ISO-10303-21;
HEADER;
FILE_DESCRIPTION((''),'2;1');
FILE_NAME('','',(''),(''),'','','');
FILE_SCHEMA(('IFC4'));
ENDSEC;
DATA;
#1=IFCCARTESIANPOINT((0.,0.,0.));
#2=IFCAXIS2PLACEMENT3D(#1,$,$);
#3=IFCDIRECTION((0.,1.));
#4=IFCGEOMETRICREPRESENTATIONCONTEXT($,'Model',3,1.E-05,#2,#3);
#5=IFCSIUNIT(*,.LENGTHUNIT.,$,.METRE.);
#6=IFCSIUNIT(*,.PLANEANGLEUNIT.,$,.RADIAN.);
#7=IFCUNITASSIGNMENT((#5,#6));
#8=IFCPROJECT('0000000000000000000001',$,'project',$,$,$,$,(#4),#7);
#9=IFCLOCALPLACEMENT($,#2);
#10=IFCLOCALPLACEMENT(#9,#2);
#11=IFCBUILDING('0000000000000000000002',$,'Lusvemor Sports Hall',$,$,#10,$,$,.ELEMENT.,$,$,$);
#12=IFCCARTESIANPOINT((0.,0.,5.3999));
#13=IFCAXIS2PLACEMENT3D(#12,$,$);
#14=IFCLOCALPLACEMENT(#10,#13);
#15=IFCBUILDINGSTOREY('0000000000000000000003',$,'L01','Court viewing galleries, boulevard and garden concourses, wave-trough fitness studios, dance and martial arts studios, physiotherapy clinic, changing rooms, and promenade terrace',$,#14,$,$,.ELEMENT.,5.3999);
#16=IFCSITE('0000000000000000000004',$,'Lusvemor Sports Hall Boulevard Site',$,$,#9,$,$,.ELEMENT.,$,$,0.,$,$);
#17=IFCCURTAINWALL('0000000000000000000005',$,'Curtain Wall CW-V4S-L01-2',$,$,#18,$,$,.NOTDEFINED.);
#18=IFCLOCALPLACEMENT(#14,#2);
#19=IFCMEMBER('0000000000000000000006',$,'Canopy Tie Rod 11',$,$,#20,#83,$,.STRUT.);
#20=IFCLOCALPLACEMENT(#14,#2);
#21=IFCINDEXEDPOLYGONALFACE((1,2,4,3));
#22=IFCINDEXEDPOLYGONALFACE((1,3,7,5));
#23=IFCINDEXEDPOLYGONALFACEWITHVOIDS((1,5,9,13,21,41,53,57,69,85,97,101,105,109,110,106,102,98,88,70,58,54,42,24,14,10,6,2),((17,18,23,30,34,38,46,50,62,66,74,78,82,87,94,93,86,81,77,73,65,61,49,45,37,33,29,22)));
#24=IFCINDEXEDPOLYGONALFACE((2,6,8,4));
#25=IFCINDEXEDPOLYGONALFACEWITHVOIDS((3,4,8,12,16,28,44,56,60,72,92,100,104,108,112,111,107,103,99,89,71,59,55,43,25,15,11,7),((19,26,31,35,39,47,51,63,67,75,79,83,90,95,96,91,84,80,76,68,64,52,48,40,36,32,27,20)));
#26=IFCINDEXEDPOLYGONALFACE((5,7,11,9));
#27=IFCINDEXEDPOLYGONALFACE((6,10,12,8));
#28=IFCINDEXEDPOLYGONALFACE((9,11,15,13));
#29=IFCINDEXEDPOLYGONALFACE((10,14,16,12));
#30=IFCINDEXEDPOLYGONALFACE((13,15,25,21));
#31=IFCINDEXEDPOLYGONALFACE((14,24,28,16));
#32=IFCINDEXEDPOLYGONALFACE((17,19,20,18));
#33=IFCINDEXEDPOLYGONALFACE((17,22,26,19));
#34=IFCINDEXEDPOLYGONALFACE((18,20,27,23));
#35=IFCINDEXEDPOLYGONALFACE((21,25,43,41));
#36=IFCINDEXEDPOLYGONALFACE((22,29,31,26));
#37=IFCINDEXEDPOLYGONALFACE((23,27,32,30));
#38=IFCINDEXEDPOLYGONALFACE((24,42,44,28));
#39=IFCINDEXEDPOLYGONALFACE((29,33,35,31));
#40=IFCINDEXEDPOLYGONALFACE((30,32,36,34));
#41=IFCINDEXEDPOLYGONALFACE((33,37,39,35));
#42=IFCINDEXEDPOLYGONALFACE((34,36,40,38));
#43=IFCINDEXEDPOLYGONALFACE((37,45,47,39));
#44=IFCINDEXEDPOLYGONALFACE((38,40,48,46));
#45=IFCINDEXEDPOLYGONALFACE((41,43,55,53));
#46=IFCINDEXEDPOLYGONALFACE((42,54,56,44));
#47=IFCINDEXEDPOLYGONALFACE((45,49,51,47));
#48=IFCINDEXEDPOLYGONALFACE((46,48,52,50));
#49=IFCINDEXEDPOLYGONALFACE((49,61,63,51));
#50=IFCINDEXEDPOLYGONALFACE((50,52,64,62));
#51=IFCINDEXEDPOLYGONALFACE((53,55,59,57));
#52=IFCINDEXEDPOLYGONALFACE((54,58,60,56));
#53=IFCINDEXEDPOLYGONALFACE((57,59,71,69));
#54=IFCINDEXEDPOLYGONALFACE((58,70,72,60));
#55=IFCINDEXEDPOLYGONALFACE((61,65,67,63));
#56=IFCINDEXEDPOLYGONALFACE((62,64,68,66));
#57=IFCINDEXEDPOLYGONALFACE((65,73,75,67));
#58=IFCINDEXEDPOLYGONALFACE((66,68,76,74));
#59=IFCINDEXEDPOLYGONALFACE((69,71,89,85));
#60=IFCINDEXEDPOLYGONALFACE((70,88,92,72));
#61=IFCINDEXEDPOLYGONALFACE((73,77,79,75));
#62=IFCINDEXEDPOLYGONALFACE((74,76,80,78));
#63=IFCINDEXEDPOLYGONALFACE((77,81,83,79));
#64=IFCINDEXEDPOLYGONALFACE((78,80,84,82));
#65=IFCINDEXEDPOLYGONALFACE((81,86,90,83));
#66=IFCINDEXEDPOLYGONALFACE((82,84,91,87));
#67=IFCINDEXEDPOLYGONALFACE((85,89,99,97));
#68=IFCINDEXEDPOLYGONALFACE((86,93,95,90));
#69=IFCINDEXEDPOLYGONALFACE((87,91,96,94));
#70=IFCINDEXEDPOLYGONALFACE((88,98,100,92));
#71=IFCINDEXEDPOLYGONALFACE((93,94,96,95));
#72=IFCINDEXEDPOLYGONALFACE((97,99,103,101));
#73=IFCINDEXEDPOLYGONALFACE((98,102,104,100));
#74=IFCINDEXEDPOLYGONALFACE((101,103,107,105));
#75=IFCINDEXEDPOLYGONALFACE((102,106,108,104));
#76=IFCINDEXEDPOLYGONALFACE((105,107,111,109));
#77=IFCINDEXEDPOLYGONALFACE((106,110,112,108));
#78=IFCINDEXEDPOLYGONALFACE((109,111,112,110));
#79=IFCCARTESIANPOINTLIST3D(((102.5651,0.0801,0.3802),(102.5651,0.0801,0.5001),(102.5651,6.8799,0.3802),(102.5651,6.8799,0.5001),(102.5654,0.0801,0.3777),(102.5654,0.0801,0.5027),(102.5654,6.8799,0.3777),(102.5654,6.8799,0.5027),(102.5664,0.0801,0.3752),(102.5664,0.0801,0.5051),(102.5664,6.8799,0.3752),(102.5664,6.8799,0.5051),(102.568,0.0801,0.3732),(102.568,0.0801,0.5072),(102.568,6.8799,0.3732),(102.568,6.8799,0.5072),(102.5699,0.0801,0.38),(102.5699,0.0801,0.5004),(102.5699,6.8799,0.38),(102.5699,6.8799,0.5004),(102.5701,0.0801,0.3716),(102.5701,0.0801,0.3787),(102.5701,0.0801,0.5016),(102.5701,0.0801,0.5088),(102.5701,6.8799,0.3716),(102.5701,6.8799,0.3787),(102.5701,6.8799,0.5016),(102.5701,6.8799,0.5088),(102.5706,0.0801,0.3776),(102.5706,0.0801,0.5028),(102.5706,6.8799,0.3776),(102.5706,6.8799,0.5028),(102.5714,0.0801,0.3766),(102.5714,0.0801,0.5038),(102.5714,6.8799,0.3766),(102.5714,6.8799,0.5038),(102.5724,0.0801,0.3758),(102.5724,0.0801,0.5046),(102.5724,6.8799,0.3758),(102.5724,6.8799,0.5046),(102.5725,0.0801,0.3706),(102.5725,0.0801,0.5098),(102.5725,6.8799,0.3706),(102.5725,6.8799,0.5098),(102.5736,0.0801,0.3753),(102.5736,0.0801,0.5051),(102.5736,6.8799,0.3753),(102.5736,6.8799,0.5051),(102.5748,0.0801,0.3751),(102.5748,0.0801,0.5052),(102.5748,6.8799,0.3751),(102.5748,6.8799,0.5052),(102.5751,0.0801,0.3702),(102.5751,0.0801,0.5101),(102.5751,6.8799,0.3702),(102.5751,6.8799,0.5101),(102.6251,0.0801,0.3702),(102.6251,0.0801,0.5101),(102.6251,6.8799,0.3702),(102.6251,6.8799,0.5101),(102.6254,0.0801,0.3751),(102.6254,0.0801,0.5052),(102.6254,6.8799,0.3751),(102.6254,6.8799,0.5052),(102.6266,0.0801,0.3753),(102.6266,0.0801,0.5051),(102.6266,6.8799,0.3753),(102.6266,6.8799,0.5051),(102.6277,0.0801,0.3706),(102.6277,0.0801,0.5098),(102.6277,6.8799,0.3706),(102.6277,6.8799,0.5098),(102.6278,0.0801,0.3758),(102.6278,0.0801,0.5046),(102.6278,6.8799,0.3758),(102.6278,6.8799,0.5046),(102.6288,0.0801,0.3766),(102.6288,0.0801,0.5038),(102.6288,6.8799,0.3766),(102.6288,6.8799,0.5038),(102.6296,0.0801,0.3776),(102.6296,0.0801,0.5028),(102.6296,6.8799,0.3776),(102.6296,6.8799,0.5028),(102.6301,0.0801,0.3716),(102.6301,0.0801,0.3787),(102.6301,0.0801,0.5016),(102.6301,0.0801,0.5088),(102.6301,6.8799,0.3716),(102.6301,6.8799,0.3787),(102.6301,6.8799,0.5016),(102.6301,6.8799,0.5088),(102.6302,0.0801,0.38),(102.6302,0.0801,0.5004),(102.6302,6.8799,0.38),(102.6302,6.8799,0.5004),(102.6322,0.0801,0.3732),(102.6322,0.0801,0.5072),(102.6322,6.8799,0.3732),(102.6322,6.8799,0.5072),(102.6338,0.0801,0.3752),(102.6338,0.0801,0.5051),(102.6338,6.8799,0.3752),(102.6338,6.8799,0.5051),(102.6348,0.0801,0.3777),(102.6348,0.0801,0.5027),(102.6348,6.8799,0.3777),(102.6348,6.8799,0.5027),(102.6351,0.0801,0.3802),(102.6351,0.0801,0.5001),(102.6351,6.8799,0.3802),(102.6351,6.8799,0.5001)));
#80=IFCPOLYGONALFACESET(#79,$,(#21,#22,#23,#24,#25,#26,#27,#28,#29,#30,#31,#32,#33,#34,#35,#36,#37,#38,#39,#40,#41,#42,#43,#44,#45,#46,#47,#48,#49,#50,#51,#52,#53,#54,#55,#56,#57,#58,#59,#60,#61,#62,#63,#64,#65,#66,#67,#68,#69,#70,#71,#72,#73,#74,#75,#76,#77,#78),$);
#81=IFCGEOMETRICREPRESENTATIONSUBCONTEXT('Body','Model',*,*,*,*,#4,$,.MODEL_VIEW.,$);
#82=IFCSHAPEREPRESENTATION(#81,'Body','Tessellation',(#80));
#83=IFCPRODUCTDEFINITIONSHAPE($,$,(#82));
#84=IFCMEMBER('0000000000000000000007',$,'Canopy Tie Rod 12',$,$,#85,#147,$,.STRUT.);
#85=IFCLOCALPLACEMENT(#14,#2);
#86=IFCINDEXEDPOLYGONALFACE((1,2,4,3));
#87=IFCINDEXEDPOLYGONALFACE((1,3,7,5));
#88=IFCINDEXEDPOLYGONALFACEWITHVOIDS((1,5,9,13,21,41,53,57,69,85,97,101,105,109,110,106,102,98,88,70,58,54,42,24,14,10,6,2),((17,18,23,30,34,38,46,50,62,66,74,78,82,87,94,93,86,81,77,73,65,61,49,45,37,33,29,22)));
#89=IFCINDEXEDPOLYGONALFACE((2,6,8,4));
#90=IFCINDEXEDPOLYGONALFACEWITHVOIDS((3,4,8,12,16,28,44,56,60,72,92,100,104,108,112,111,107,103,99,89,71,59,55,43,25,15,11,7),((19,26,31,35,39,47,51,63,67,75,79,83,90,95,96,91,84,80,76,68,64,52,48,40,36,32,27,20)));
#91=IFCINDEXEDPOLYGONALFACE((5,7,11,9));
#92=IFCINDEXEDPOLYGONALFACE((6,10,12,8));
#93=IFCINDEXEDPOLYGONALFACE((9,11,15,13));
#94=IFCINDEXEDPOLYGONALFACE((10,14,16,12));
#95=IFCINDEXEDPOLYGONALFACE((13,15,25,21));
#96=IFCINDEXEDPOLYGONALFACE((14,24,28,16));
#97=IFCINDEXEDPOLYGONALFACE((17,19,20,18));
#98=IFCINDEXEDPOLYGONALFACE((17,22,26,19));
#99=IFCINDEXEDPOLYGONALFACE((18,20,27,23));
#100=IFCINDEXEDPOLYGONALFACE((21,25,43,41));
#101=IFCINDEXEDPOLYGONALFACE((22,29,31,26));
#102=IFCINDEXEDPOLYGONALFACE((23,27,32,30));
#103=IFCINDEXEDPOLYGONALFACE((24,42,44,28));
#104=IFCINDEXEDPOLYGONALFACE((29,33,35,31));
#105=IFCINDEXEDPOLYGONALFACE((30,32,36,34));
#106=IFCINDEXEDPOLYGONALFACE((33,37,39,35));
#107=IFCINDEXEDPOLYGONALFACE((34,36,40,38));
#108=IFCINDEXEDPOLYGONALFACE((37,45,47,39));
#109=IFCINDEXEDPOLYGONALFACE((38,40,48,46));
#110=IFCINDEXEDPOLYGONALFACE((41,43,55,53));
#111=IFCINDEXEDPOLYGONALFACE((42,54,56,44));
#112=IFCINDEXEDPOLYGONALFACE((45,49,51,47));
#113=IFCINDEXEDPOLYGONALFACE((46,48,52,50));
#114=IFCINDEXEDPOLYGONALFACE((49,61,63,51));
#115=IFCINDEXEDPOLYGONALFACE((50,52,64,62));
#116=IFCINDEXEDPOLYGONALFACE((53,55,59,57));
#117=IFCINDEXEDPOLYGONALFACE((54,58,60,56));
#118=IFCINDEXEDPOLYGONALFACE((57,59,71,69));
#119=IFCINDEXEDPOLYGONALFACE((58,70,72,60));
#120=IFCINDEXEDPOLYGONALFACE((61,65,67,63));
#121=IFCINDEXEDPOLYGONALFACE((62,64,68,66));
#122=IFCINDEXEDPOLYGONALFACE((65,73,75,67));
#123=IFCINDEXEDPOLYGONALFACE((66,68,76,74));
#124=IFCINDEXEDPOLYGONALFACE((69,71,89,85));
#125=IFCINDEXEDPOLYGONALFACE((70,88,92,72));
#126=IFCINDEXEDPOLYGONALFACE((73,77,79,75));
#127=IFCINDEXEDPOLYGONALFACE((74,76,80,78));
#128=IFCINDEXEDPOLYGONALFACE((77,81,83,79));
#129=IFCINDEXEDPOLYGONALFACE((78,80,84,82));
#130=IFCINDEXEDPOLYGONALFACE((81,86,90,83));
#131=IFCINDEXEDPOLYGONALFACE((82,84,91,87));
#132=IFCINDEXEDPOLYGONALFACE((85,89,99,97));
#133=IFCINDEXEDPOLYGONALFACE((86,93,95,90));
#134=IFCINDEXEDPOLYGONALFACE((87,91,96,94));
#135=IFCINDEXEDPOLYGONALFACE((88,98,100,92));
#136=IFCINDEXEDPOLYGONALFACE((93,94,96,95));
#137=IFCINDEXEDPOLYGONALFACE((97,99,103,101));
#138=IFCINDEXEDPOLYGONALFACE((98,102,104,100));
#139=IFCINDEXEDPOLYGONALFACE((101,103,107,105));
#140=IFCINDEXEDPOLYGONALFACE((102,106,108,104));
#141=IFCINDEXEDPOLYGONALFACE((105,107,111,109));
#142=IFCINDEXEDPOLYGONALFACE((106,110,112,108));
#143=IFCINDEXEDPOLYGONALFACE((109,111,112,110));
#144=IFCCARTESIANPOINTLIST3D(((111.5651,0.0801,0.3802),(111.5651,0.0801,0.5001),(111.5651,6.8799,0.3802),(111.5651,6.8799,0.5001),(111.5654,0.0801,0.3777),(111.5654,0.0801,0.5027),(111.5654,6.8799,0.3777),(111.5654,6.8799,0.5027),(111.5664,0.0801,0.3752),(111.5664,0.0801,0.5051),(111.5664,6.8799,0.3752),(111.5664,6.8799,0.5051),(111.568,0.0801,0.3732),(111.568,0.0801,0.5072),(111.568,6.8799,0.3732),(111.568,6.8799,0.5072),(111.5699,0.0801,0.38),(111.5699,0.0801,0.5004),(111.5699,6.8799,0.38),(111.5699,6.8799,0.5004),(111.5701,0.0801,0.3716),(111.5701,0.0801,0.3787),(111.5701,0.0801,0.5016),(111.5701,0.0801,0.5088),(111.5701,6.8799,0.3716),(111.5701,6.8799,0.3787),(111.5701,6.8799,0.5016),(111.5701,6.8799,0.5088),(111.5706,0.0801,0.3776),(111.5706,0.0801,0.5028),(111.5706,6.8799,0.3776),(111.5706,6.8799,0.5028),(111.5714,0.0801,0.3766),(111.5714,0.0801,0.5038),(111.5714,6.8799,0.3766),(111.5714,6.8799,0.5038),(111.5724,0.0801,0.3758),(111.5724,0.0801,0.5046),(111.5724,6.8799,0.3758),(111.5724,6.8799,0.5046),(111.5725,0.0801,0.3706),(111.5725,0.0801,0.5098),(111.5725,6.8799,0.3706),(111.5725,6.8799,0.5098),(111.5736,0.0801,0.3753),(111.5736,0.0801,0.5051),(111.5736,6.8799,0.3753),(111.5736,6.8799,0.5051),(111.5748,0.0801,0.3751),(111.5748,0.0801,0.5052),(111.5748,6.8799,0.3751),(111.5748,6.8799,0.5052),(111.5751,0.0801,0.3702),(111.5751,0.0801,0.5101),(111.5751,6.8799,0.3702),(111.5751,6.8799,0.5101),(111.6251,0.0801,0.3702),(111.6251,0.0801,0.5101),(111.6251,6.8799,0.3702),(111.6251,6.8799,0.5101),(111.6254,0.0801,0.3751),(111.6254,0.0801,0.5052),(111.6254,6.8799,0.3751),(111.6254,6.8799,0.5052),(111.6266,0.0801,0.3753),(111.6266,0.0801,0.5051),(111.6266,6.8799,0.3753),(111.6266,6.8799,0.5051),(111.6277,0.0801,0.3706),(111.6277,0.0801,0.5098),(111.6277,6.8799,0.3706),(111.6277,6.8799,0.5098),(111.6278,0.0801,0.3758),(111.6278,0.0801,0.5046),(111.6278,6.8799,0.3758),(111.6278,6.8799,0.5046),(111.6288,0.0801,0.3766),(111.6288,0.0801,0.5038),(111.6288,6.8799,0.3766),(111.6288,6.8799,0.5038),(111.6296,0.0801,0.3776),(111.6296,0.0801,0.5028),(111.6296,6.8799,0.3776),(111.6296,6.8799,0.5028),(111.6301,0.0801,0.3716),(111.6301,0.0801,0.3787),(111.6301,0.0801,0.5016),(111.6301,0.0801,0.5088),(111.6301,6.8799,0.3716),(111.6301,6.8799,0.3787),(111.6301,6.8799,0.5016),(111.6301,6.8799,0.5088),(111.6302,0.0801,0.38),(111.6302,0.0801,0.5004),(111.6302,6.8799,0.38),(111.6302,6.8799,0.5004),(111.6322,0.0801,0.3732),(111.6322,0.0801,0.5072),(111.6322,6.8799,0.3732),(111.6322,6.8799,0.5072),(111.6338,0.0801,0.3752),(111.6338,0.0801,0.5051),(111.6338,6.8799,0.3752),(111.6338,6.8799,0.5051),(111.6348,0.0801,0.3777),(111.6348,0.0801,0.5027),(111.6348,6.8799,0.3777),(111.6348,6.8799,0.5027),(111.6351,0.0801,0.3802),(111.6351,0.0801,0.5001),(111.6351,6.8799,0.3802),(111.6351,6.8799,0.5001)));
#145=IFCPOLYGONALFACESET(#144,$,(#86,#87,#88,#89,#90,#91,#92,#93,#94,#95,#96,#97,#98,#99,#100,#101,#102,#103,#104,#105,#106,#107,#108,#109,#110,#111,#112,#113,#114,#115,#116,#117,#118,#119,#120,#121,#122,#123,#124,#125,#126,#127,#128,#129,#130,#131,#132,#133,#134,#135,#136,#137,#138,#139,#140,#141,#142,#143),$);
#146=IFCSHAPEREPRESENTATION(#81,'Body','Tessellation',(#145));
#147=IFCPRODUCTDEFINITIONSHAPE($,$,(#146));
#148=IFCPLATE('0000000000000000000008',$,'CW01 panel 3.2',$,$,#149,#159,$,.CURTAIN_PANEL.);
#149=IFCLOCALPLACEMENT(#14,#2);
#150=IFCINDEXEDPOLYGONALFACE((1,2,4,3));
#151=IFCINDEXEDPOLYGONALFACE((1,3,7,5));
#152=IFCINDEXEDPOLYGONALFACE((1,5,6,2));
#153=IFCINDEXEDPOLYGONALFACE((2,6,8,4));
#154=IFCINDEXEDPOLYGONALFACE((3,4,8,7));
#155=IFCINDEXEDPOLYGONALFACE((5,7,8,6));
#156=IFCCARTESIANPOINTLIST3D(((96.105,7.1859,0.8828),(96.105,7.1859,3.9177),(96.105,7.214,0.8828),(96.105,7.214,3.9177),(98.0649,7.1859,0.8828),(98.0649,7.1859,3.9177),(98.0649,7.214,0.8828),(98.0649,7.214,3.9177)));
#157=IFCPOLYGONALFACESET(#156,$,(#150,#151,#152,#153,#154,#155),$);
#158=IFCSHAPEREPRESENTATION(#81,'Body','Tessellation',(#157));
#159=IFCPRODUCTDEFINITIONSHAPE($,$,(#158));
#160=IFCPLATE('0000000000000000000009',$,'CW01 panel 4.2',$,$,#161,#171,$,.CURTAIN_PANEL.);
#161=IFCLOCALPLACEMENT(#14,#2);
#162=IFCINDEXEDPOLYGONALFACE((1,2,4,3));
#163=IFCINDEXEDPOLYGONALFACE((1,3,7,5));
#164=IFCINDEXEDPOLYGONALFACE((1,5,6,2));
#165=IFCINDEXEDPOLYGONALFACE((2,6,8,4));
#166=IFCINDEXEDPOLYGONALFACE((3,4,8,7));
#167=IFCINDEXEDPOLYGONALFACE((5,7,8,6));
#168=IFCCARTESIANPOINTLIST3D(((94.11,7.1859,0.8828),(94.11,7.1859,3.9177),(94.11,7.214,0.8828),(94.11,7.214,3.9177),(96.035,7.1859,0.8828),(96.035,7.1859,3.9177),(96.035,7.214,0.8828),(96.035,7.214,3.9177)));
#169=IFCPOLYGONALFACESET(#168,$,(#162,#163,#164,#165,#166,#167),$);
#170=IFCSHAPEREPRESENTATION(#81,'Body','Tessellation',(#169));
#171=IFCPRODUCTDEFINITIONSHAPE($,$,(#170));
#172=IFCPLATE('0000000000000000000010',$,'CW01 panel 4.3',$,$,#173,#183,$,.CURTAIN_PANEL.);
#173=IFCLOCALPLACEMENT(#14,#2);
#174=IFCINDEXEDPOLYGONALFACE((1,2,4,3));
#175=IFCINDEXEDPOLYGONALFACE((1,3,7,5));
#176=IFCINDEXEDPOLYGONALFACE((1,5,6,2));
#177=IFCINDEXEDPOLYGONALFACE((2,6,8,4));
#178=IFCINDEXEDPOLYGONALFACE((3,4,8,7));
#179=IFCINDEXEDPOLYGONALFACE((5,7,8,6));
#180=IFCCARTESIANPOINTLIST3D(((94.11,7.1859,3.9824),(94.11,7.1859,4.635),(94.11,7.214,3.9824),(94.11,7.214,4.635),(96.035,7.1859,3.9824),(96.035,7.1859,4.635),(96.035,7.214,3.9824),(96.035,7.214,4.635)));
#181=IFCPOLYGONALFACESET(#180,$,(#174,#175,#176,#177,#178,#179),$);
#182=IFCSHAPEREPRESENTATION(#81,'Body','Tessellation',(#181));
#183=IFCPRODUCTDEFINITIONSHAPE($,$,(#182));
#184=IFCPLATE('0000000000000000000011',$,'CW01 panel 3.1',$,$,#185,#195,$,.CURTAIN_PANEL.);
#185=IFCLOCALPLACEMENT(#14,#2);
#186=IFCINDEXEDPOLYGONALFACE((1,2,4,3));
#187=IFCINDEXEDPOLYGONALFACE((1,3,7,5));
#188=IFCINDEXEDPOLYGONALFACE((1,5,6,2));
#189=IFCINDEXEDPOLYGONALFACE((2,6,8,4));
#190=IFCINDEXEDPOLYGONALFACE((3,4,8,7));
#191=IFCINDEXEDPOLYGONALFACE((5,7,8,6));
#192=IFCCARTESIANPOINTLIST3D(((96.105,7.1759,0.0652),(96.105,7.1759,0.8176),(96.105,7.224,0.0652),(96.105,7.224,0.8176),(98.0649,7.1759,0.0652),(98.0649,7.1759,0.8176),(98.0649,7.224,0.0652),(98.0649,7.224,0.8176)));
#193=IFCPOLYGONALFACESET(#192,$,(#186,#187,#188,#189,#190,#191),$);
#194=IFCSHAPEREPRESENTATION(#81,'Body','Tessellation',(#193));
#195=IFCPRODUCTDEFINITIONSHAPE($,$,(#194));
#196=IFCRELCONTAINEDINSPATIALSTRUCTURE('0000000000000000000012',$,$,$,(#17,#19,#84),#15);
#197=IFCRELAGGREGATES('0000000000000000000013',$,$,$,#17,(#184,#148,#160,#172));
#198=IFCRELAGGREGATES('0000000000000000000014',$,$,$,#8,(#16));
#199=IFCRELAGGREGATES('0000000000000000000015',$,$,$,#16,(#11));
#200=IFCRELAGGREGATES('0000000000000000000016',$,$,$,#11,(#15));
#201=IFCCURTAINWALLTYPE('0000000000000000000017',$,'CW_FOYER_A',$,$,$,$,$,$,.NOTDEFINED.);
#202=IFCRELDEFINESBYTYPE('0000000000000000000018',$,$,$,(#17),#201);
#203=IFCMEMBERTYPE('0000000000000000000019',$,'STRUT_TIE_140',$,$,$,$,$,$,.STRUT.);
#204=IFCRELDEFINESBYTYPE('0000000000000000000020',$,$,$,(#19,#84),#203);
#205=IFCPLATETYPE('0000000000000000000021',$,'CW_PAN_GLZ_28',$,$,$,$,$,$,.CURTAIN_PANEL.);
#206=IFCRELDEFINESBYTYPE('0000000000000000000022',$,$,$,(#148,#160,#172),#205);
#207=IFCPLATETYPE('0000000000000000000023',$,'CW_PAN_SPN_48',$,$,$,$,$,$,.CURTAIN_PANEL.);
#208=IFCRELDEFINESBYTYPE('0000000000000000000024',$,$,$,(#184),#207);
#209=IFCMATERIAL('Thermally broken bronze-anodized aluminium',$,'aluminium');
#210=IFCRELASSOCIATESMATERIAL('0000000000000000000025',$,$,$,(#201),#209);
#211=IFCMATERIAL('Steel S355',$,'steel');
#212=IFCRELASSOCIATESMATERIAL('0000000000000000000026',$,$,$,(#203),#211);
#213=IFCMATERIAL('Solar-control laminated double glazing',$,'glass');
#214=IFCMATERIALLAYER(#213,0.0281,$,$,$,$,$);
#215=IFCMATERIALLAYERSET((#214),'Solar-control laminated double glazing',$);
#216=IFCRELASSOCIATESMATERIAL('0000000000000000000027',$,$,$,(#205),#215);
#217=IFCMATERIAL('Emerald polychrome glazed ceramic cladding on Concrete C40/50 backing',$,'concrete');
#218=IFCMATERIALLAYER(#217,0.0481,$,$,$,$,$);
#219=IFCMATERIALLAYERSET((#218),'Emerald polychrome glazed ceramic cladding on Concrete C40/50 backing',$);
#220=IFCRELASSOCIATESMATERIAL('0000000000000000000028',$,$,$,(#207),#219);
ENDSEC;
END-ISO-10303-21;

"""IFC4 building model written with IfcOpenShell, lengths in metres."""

from ifc_helpers import new_model, si_unit, direction, frame, origin, origin_2d, place, context, subcontext, project, spatial, rectangle, hollow_rectangle, extrude, material, layer, layer_set, material_profile, profile_set, type_object, element, aggregate, save


model = new_model("IFC4")

# Units and contexts
model_context = context("Model", 3, precision=1e-05, world=origin(), true_north=direction((0.0, 1.0)))
body_context = subcontext(model_context, "Body", "Model", "MODEL_VIEW")
ifc_project = project(units=[si_unit("LENGTHUNIT", "METRE"), si_unit("PLANEANGLEUNIT", "RADIAN")], contexts=[model_context])

# Site, building, storey
site_placement = place(None, origin())
site = spatial("IfcSite", under=ifc_project, at=site_placement, Name="Lusvemor Sports Hall Boulevard Site", CompositionType="ELEMENT", RefElevation=0.0)
building_placement = place(site_placement, origin())
building = spatial("IfcBuilding", under=site, at=building_placement, Name="Lusvemor Sports Hall", CompositionType="ELEMENT")
storey_placement = place(building_placement, frame((0.0, 0.0, 5.3999)))
storey = spatial("IfcBuildingStorey", under=building, at=storey_placement, Name="L01", Description="Court viewing galleries, boulevard and garden concourses, wave-trough fitness studios, dance and martial arts studios, physiotherapy clinic, changing rooms, and promenade terrace", CompositionType="ELEMENT", Elevation=5.3999)

# Curtain wall
ifc_material_1 = material(Name="Thermally broken bronze-anodized aluminium", Category="aluminium")
curtain_wall_type = type_object("IfcCurtainWallType", Name="CW_FOYER_A", PredefinedType="NOTDEFINED", material=ifc_material_1)
curtain_wall_placement = place(storey_placement, origin())
curtain_wall = element("IfcCurtainWall", 1, at=curtain_wall_placement, inside=storey, type_object=curtain_wall_type, Name="Curtain Wall CW-V4S-L01-2", PredefinedType="NOTDEFINED")

# Members
ifc_material_2 = material(Name="Steel S355", Category="steel")
ifc_material_profile_1 = material_profile(ifc_material_2, hollow_rectangle(XDim=0.0701, YDim=0.1399, WallThickness=0.0049, InnerFilletRadius=0.0049, OuterFilletRadius=0.01, at=origin_2d()), Name="RHS140x70x5")
ifc_profile_set_1 = profile_set([ifc_material_profile_1], Name="Steel S355")
member_type_1 = type_object("IfcMemberType", Name="STRUT_TIE_140", PredefinedType="STRUT", material=ifc_profile_set_1)
for number, where, z_axis, x_axis, name in (
    (2, (102.6001, 0.0801, 0.4402), (0.0, 1.0, 0.0), (-1.0, 0.0, 0.0), "Canopy Tie Rod 11"),
    (3, (111.6001, 0.0801, 0.4402), (0.0, 1.0, 0.0), (-1.0, 0.0, 0.0), "Canopy Tie Rod 12"),
):
    element("IfcMember", number, at=place(storey_placement, frame(where, z_axis=z_axis, x_axis=x_axis)), inside=storey, type_object=member_type_1, Name=name, PredefinedType="STRUT", context=body_context, shape_type="SweptSolid", body=[
        extrude(hollow_rectangle(XDim=0.0701, YDim=0.1399, WallThickness=0.0049, InnerFilletRadius=0.0049, OuterFilletRadius=0.01, at=origin_2d()), origin(), (0.0, 0.0, 1.0), 6.7998),
    ])

# Plates
ifc_material_3 = material(Name="Solar-control laminated double glazing", Category="glass")
ifc_layer_1 = layer(ifc_material_3, 0.0281)
ifc_layer_set_1 = layer_set([ifc_layer_1], Name="Solar-control laminated double glazing")
plate_type_1 = type_object("IfcPlateType", Name="CW_PAN_GLZ_28", PredefinedType="CURTAIN_PANEL", material=ifc_layer_set_1)
plate_1_placement = place(storey_placement, frame((97.085, 7.2, 0.8828), z_axis=(0.0, 0.0, 1.0), x_axis=(-1.0, 0.0, 0.0)))
plate_1 = element("IfcPlate", 4, at=plate_1_placement, type_object=plate_type_1, Name="CW01 panel 3.2", PredefinedType="CURTAIN_PANEL", context=body_context, shape_type="SweptSolid", body=[
    extrude(rectangle(XDim=1.96, YDim=0.0281, at=origin_2d()), origin(), (0.0, 0.0, 1.0), 3.0349),
])
plate_2_placement = place(storey_placement, frame((95.0725, 7.2, 0.8828), z_axis=(0.0, 0.0, 1.0), x_axis=(-1.0, 0.0, 0.0)))
plate_2 = element("IfcPlate", 5, at=plate_2_placement, type_object=plate_type_1, Name="CW01 panel 4.2", PredefinedType="CURTAIN_PANEL", context=body_context, shape_type="SweptSolid", body=[
    extrude(rectangle(XDim=1.925, YDim=0.0281, at=origin_2d()), origin(), (0.0, 0.0, 1.0), 3.0349),
])
plate_3_placement = place(storey_placement, frame((95.0725, 7.2, 3.9824), z_axis=(0.0, 0.0, 1.0), x_axis=(-1.0, 0.0, 0.0)))
plate_3 = element("IfcPlate", 6, at=plate_3_placement, type_object=plate_type_1, Name="CW01 panel 4.3", PredefinedType="CURTAIN_PANEL", context=body_context, shape_type="SweptSolid", body=[
    extrude(rectangle(XDim=1.925, YDim=0.0281, at=origin_2d()), origin(), (0.0, 0.0, 1.0), 0.6526),
])
ifc_material_4 = material(Name="Emerald polychrome glazed ceramic cladding on Concrete C40/50 backing", Category="concrete")
ifc_layer_2 = layer(ifc_material_4, 0.0481)
ifc_layer_set_2 = layer_set([ifc_layer_2], Name="Emerald polychrome glazed ceramic cladding on Concrete C40/50 backing")
plate_type_2 = type_object("IfcPlateType", Name="CW_PAN_SPN_48", PredefinedType="CURTAIN_PANEL", material=ifc_layer_set_2)
plate_4_placement = place(storey_placement, frame((97.085, 7.2, 0.0652), z_axis=(0.0, 0.0, 1.0), x_axis=(-1.0, 0.0, 0.0)))
plate_4 = element("IfcPlate", 7, at=plate_4_placement, type_object=plate_type_2, Name="CW01 panel 3.1", PredefinedType="CURTAIN_PANEL", context=body_context, shape_type="SweptSolid", body=[
    extrude(rectangle(XDim=1.96, YDim=0.0481, at=origin_2d()), origin(), (0.0, 0.0, 1.0), 0.7524),
])
aggregate(curtain_wall, [plate_4, plate_1, plate_2, plate_3])

save(model, "model.ifc")
